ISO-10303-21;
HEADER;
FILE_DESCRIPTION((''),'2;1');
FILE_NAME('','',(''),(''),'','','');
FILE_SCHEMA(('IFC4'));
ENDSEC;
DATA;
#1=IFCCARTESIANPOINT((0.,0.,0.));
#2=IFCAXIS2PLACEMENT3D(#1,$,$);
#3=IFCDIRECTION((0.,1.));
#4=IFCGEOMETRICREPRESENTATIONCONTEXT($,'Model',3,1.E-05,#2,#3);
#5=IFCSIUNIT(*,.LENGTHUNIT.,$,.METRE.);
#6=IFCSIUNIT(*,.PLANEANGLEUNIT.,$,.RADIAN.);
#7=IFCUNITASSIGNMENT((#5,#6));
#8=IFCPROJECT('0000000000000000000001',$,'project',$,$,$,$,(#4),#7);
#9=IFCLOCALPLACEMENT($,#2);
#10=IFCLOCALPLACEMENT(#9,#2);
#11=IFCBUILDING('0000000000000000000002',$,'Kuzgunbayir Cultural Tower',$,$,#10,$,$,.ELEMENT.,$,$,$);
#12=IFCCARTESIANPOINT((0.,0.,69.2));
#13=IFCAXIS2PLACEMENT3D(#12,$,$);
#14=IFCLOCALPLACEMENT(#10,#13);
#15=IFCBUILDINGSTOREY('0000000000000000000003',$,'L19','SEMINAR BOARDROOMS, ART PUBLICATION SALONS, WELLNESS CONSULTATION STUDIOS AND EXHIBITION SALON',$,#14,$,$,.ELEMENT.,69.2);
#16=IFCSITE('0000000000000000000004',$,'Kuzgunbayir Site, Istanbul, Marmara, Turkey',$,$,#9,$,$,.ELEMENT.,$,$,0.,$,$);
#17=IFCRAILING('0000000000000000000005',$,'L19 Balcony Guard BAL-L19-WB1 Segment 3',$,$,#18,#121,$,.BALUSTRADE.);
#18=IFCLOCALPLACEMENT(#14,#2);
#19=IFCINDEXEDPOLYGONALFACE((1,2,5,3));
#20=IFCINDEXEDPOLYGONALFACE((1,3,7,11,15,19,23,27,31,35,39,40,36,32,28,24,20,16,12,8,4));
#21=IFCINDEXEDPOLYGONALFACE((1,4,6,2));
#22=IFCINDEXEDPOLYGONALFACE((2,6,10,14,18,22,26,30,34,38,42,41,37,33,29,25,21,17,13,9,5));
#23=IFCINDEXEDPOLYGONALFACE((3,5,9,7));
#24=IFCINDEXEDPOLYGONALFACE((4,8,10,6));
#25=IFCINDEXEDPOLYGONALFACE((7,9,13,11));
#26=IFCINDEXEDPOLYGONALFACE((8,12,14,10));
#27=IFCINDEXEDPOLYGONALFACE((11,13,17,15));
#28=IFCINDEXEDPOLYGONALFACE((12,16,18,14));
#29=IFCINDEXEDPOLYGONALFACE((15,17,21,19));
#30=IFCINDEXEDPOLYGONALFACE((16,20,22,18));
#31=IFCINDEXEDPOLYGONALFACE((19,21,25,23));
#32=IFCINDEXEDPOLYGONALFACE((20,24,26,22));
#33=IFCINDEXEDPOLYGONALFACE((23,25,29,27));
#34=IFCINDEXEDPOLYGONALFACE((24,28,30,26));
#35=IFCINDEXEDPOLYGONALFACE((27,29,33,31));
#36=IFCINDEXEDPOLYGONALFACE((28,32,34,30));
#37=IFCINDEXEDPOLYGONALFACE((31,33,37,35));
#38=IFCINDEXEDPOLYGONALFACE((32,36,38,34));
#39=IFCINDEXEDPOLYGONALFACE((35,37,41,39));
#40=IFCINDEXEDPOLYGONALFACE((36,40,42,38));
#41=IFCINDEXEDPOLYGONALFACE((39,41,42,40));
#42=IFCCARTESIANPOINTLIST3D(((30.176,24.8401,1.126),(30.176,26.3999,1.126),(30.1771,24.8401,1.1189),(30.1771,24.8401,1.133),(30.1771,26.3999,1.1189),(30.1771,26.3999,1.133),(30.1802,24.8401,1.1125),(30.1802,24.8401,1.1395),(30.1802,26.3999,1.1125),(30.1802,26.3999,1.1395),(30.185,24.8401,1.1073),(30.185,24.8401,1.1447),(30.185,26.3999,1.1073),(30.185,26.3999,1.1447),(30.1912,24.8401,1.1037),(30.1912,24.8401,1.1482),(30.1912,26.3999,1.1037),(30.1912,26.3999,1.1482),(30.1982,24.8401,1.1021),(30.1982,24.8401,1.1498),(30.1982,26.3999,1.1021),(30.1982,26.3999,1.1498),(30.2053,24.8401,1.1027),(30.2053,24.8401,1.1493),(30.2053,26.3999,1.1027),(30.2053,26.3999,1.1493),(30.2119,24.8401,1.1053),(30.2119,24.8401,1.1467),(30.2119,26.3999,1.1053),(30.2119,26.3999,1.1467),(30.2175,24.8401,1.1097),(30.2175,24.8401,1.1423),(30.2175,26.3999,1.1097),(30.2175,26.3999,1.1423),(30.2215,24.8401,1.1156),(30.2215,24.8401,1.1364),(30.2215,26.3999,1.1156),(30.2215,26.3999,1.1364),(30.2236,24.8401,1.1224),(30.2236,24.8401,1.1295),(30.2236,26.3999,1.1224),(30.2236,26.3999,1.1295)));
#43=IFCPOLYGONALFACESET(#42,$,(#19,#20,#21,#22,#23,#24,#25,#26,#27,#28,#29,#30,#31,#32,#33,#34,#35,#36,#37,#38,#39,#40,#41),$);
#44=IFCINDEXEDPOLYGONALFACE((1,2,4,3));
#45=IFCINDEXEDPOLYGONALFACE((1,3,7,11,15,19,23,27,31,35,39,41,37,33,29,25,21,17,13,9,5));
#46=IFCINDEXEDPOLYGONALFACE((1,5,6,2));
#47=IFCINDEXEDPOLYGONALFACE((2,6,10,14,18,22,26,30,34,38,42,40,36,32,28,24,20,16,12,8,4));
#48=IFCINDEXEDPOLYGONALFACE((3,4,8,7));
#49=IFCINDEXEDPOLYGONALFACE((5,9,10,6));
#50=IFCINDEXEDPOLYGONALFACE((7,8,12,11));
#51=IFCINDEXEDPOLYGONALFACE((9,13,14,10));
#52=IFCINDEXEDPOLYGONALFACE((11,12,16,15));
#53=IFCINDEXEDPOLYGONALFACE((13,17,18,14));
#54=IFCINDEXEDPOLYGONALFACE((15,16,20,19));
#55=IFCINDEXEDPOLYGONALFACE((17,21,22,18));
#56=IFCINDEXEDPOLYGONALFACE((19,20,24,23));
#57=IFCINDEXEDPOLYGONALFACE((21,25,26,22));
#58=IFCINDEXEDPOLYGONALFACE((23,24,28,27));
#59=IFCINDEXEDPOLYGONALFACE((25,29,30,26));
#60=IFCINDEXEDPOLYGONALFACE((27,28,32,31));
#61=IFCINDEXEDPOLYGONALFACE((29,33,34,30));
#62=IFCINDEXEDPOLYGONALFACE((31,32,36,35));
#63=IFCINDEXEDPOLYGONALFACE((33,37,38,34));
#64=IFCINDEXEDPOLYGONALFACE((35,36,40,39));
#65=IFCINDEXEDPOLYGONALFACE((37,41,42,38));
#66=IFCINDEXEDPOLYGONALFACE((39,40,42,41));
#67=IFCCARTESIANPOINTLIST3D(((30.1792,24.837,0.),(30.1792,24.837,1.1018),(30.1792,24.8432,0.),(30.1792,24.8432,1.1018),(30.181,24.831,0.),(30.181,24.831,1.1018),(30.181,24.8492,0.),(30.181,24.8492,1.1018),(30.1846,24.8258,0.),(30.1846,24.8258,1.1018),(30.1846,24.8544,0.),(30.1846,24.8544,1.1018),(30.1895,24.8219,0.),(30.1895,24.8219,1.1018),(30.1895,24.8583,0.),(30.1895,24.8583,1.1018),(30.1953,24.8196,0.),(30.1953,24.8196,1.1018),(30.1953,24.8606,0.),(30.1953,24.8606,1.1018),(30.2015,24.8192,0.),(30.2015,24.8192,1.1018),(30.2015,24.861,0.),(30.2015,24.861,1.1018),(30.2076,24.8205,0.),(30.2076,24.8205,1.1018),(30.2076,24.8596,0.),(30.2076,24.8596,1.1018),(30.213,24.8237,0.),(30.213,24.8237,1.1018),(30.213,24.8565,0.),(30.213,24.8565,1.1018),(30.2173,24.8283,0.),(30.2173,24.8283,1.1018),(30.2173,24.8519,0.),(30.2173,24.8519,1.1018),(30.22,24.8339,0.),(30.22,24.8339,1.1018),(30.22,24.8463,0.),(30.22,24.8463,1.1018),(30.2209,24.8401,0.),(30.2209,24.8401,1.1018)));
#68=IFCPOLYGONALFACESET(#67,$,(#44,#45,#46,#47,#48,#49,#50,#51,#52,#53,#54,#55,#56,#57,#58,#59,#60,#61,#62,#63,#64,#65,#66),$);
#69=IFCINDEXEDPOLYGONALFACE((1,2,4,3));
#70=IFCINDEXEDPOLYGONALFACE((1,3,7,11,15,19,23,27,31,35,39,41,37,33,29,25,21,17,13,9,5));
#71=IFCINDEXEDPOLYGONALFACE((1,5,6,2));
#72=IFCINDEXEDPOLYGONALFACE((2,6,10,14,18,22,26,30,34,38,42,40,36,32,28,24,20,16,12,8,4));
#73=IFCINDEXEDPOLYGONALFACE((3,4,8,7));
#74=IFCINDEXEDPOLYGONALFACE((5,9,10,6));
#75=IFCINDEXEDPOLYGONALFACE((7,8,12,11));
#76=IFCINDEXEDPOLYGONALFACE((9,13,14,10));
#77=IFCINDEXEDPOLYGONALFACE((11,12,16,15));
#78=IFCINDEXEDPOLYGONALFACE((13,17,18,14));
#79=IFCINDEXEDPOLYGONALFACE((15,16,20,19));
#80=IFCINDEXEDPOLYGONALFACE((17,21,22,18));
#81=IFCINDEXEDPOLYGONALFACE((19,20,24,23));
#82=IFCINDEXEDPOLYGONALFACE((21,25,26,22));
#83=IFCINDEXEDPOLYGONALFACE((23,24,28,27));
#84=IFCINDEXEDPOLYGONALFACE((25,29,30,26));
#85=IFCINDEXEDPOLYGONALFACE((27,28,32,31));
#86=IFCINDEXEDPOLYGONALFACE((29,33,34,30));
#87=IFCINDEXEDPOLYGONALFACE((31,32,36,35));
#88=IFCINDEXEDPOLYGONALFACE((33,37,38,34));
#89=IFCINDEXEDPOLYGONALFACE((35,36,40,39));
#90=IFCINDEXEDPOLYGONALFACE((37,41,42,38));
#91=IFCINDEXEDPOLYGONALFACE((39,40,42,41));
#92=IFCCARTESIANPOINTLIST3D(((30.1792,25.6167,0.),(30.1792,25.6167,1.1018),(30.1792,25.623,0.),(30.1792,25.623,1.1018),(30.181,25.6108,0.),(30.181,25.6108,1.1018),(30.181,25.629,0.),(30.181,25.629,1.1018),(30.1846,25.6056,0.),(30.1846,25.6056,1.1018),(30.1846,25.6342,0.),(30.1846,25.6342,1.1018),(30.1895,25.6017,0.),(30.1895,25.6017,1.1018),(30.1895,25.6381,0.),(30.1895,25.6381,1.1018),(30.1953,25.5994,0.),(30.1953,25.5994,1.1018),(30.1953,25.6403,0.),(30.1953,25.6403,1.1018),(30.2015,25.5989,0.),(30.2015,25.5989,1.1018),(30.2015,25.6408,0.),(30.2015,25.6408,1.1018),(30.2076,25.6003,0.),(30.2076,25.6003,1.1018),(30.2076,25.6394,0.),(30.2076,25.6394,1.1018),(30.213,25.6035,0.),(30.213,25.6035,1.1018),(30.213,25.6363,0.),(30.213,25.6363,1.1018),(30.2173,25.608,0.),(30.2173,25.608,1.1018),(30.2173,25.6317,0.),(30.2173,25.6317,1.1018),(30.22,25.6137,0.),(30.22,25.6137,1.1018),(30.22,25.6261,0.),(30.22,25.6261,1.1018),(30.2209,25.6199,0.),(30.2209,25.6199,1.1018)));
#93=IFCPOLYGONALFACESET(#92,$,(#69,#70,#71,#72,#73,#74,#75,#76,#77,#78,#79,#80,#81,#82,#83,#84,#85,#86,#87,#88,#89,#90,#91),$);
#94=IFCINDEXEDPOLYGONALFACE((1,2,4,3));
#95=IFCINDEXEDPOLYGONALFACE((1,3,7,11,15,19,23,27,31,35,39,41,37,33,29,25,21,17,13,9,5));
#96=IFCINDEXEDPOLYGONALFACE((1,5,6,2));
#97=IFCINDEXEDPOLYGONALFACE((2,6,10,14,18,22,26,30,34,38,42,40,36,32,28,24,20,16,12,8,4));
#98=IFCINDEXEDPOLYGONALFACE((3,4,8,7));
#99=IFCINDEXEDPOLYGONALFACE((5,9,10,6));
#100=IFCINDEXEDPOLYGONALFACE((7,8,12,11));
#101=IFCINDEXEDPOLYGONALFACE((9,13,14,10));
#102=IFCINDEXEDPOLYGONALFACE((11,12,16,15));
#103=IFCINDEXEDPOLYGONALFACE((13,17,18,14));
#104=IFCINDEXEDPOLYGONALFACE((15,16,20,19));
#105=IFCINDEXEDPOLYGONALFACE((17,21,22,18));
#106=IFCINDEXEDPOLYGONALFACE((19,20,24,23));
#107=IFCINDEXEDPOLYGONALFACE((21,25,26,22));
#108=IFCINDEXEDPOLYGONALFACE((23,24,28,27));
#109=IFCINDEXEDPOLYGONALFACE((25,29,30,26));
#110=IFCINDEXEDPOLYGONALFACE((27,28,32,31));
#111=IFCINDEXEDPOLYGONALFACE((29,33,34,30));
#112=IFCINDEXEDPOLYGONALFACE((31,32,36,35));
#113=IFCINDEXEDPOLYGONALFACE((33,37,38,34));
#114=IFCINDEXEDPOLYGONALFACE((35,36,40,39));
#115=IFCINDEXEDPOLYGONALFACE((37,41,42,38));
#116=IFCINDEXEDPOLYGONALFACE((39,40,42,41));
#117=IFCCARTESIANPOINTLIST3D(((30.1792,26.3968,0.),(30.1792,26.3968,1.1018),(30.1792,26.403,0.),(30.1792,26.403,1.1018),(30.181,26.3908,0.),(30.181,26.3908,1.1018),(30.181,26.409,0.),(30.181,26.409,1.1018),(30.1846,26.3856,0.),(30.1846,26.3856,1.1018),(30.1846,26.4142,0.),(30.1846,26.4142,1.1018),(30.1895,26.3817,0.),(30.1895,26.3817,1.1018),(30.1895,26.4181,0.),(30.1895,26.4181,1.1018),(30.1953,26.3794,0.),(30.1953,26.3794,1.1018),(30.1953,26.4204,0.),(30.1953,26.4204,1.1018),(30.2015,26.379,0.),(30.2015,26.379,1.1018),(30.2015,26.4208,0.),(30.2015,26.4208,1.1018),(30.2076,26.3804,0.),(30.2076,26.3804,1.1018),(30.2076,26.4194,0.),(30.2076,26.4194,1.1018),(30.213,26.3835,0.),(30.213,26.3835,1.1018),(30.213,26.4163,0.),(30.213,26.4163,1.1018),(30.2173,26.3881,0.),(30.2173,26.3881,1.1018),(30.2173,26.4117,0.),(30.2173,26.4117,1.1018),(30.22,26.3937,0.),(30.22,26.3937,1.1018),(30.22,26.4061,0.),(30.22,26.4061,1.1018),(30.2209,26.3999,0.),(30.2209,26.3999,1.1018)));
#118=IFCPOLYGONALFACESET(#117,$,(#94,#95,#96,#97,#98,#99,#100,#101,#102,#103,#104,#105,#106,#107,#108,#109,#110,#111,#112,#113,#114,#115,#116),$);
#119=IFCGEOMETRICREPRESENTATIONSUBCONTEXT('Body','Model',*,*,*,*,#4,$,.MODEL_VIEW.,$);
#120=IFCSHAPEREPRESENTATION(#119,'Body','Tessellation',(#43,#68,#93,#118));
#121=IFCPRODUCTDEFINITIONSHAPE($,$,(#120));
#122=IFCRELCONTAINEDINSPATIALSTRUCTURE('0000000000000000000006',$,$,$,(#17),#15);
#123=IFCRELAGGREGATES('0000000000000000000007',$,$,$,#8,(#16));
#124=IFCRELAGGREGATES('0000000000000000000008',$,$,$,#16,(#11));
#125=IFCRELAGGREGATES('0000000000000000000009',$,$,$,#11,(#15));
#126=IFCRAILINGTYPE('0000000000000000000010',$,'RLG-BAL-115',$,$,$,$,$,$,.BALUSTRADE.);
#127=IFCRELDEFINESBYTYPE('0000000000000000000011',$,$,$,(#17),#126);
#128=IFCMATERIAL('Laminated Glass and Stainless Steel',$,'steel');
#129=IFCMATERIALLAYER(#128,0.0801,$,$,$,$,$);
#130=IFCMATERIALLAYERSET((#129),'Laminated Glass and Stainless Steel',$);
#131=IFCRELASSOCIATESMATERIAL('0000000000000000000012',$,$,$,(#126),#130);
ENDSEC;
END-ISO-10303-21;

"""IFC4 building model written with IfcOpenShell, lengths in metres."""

from ifc_helpers import new_model, si_unit, direction, frame, origin, origin_2d, place, context, subcontext, project, spatial, circle, extrude, material, layer, layer_set, type_object, element, save


model = new_model("IFC4")

# Units and contexts
model_context = context("Model", 3, precision=1e-05, world=origin(), true_north=direction((0.0, 1.0)))
body_context = subcontext(model_context, "Body", "Model", "MODEL_VIEW")
ifc_project = project(units=[si_unit("LENGTHUNIT", "METRE"), si_unit("PLANEANGLEUNIT", "RADIAN")], contexts=[model_context])

# Site, building, storey
site_placement = place(None, origin())
site = spatial("IfcSite", under=ifc_project, at=site_placement, Name="Kuzgunbayir Site, Istanbul, Marmara, Turkey", CompositionType="ELEMENT", RefElevation=0.0)
building_placement = place(site_placement, origin())
building = spatial("IfcBuilding", under=site, at=building_placement, Name="Kuzgunbayir Cultural Tower", CompositionType="ELEMENT")
storey_placement = place(building_placement, frame((0.0, 0.0, 69.2)))
storey = spatial("IfcBuildingStorey", under=building, at=storey_placement, Name="L19", Description="SEMINAR BOARDROOMS, ART PUBLICATION SALONS, WELLNESS CONSULTATION STUDIOS AND EXHIBITION SALON", CompositionType="ELEMENT", Elevation=69.2)

# Railing
ifc_material_1 = material(Name="Laminated Glass and Stainless Steel", Category="steel")
ifc_layer_1 = layer(ifc_material_1, 0.0801)
ifc_layer_set_1 = layer_set([ifc_layer_1], Name="Laminated Glass and Stainless Steel")
railing_type = type_object("IfcRailingType", Name="RLG-BAL-115", PredefinedType="BALUSTRADE", material=ifc_layer_set_1)
railing_1_placement = place(storey_placement, frame((30.2, 24.8401, 0.0)))
element("IfcRailing", 1, at=railing_1_placement, inside=storey, type_object=railing_type, Name="L19 Balcony Guard BAL-L19-WB1 Segment 3", PredefinedType="BALUSTRADE", context=body_context, shape_type="SweptSolid", body=[
    extrude(circle(Radius=0.0239, at=origin_2d()), frame((0.0, 0.0, 1.126), z_axis=(0.0, 1.0, 0.0), x_axis=(-1.0, 0.0, 0.0)), (0.0, 0.0, 1.0), 1.5598),
    extrude(circle(Radius=0.021, at=origin_2d()), origin(), (0.0, 0.0, 1.0), 1.1018),
    extrude(circle(Radius=0.021, at=origin_2d()), frame((0.0, 0.7798, 0.0)), (0.0, 0.0, 1.0), 1.1018),
    extrude(circle(Radius=0.021, at=origin_2d()), frame((0.0, 1.5598, 0.0)), (0.0, 0.0, 1.0), 1.1018),
])

save(model, "model.ifc")
